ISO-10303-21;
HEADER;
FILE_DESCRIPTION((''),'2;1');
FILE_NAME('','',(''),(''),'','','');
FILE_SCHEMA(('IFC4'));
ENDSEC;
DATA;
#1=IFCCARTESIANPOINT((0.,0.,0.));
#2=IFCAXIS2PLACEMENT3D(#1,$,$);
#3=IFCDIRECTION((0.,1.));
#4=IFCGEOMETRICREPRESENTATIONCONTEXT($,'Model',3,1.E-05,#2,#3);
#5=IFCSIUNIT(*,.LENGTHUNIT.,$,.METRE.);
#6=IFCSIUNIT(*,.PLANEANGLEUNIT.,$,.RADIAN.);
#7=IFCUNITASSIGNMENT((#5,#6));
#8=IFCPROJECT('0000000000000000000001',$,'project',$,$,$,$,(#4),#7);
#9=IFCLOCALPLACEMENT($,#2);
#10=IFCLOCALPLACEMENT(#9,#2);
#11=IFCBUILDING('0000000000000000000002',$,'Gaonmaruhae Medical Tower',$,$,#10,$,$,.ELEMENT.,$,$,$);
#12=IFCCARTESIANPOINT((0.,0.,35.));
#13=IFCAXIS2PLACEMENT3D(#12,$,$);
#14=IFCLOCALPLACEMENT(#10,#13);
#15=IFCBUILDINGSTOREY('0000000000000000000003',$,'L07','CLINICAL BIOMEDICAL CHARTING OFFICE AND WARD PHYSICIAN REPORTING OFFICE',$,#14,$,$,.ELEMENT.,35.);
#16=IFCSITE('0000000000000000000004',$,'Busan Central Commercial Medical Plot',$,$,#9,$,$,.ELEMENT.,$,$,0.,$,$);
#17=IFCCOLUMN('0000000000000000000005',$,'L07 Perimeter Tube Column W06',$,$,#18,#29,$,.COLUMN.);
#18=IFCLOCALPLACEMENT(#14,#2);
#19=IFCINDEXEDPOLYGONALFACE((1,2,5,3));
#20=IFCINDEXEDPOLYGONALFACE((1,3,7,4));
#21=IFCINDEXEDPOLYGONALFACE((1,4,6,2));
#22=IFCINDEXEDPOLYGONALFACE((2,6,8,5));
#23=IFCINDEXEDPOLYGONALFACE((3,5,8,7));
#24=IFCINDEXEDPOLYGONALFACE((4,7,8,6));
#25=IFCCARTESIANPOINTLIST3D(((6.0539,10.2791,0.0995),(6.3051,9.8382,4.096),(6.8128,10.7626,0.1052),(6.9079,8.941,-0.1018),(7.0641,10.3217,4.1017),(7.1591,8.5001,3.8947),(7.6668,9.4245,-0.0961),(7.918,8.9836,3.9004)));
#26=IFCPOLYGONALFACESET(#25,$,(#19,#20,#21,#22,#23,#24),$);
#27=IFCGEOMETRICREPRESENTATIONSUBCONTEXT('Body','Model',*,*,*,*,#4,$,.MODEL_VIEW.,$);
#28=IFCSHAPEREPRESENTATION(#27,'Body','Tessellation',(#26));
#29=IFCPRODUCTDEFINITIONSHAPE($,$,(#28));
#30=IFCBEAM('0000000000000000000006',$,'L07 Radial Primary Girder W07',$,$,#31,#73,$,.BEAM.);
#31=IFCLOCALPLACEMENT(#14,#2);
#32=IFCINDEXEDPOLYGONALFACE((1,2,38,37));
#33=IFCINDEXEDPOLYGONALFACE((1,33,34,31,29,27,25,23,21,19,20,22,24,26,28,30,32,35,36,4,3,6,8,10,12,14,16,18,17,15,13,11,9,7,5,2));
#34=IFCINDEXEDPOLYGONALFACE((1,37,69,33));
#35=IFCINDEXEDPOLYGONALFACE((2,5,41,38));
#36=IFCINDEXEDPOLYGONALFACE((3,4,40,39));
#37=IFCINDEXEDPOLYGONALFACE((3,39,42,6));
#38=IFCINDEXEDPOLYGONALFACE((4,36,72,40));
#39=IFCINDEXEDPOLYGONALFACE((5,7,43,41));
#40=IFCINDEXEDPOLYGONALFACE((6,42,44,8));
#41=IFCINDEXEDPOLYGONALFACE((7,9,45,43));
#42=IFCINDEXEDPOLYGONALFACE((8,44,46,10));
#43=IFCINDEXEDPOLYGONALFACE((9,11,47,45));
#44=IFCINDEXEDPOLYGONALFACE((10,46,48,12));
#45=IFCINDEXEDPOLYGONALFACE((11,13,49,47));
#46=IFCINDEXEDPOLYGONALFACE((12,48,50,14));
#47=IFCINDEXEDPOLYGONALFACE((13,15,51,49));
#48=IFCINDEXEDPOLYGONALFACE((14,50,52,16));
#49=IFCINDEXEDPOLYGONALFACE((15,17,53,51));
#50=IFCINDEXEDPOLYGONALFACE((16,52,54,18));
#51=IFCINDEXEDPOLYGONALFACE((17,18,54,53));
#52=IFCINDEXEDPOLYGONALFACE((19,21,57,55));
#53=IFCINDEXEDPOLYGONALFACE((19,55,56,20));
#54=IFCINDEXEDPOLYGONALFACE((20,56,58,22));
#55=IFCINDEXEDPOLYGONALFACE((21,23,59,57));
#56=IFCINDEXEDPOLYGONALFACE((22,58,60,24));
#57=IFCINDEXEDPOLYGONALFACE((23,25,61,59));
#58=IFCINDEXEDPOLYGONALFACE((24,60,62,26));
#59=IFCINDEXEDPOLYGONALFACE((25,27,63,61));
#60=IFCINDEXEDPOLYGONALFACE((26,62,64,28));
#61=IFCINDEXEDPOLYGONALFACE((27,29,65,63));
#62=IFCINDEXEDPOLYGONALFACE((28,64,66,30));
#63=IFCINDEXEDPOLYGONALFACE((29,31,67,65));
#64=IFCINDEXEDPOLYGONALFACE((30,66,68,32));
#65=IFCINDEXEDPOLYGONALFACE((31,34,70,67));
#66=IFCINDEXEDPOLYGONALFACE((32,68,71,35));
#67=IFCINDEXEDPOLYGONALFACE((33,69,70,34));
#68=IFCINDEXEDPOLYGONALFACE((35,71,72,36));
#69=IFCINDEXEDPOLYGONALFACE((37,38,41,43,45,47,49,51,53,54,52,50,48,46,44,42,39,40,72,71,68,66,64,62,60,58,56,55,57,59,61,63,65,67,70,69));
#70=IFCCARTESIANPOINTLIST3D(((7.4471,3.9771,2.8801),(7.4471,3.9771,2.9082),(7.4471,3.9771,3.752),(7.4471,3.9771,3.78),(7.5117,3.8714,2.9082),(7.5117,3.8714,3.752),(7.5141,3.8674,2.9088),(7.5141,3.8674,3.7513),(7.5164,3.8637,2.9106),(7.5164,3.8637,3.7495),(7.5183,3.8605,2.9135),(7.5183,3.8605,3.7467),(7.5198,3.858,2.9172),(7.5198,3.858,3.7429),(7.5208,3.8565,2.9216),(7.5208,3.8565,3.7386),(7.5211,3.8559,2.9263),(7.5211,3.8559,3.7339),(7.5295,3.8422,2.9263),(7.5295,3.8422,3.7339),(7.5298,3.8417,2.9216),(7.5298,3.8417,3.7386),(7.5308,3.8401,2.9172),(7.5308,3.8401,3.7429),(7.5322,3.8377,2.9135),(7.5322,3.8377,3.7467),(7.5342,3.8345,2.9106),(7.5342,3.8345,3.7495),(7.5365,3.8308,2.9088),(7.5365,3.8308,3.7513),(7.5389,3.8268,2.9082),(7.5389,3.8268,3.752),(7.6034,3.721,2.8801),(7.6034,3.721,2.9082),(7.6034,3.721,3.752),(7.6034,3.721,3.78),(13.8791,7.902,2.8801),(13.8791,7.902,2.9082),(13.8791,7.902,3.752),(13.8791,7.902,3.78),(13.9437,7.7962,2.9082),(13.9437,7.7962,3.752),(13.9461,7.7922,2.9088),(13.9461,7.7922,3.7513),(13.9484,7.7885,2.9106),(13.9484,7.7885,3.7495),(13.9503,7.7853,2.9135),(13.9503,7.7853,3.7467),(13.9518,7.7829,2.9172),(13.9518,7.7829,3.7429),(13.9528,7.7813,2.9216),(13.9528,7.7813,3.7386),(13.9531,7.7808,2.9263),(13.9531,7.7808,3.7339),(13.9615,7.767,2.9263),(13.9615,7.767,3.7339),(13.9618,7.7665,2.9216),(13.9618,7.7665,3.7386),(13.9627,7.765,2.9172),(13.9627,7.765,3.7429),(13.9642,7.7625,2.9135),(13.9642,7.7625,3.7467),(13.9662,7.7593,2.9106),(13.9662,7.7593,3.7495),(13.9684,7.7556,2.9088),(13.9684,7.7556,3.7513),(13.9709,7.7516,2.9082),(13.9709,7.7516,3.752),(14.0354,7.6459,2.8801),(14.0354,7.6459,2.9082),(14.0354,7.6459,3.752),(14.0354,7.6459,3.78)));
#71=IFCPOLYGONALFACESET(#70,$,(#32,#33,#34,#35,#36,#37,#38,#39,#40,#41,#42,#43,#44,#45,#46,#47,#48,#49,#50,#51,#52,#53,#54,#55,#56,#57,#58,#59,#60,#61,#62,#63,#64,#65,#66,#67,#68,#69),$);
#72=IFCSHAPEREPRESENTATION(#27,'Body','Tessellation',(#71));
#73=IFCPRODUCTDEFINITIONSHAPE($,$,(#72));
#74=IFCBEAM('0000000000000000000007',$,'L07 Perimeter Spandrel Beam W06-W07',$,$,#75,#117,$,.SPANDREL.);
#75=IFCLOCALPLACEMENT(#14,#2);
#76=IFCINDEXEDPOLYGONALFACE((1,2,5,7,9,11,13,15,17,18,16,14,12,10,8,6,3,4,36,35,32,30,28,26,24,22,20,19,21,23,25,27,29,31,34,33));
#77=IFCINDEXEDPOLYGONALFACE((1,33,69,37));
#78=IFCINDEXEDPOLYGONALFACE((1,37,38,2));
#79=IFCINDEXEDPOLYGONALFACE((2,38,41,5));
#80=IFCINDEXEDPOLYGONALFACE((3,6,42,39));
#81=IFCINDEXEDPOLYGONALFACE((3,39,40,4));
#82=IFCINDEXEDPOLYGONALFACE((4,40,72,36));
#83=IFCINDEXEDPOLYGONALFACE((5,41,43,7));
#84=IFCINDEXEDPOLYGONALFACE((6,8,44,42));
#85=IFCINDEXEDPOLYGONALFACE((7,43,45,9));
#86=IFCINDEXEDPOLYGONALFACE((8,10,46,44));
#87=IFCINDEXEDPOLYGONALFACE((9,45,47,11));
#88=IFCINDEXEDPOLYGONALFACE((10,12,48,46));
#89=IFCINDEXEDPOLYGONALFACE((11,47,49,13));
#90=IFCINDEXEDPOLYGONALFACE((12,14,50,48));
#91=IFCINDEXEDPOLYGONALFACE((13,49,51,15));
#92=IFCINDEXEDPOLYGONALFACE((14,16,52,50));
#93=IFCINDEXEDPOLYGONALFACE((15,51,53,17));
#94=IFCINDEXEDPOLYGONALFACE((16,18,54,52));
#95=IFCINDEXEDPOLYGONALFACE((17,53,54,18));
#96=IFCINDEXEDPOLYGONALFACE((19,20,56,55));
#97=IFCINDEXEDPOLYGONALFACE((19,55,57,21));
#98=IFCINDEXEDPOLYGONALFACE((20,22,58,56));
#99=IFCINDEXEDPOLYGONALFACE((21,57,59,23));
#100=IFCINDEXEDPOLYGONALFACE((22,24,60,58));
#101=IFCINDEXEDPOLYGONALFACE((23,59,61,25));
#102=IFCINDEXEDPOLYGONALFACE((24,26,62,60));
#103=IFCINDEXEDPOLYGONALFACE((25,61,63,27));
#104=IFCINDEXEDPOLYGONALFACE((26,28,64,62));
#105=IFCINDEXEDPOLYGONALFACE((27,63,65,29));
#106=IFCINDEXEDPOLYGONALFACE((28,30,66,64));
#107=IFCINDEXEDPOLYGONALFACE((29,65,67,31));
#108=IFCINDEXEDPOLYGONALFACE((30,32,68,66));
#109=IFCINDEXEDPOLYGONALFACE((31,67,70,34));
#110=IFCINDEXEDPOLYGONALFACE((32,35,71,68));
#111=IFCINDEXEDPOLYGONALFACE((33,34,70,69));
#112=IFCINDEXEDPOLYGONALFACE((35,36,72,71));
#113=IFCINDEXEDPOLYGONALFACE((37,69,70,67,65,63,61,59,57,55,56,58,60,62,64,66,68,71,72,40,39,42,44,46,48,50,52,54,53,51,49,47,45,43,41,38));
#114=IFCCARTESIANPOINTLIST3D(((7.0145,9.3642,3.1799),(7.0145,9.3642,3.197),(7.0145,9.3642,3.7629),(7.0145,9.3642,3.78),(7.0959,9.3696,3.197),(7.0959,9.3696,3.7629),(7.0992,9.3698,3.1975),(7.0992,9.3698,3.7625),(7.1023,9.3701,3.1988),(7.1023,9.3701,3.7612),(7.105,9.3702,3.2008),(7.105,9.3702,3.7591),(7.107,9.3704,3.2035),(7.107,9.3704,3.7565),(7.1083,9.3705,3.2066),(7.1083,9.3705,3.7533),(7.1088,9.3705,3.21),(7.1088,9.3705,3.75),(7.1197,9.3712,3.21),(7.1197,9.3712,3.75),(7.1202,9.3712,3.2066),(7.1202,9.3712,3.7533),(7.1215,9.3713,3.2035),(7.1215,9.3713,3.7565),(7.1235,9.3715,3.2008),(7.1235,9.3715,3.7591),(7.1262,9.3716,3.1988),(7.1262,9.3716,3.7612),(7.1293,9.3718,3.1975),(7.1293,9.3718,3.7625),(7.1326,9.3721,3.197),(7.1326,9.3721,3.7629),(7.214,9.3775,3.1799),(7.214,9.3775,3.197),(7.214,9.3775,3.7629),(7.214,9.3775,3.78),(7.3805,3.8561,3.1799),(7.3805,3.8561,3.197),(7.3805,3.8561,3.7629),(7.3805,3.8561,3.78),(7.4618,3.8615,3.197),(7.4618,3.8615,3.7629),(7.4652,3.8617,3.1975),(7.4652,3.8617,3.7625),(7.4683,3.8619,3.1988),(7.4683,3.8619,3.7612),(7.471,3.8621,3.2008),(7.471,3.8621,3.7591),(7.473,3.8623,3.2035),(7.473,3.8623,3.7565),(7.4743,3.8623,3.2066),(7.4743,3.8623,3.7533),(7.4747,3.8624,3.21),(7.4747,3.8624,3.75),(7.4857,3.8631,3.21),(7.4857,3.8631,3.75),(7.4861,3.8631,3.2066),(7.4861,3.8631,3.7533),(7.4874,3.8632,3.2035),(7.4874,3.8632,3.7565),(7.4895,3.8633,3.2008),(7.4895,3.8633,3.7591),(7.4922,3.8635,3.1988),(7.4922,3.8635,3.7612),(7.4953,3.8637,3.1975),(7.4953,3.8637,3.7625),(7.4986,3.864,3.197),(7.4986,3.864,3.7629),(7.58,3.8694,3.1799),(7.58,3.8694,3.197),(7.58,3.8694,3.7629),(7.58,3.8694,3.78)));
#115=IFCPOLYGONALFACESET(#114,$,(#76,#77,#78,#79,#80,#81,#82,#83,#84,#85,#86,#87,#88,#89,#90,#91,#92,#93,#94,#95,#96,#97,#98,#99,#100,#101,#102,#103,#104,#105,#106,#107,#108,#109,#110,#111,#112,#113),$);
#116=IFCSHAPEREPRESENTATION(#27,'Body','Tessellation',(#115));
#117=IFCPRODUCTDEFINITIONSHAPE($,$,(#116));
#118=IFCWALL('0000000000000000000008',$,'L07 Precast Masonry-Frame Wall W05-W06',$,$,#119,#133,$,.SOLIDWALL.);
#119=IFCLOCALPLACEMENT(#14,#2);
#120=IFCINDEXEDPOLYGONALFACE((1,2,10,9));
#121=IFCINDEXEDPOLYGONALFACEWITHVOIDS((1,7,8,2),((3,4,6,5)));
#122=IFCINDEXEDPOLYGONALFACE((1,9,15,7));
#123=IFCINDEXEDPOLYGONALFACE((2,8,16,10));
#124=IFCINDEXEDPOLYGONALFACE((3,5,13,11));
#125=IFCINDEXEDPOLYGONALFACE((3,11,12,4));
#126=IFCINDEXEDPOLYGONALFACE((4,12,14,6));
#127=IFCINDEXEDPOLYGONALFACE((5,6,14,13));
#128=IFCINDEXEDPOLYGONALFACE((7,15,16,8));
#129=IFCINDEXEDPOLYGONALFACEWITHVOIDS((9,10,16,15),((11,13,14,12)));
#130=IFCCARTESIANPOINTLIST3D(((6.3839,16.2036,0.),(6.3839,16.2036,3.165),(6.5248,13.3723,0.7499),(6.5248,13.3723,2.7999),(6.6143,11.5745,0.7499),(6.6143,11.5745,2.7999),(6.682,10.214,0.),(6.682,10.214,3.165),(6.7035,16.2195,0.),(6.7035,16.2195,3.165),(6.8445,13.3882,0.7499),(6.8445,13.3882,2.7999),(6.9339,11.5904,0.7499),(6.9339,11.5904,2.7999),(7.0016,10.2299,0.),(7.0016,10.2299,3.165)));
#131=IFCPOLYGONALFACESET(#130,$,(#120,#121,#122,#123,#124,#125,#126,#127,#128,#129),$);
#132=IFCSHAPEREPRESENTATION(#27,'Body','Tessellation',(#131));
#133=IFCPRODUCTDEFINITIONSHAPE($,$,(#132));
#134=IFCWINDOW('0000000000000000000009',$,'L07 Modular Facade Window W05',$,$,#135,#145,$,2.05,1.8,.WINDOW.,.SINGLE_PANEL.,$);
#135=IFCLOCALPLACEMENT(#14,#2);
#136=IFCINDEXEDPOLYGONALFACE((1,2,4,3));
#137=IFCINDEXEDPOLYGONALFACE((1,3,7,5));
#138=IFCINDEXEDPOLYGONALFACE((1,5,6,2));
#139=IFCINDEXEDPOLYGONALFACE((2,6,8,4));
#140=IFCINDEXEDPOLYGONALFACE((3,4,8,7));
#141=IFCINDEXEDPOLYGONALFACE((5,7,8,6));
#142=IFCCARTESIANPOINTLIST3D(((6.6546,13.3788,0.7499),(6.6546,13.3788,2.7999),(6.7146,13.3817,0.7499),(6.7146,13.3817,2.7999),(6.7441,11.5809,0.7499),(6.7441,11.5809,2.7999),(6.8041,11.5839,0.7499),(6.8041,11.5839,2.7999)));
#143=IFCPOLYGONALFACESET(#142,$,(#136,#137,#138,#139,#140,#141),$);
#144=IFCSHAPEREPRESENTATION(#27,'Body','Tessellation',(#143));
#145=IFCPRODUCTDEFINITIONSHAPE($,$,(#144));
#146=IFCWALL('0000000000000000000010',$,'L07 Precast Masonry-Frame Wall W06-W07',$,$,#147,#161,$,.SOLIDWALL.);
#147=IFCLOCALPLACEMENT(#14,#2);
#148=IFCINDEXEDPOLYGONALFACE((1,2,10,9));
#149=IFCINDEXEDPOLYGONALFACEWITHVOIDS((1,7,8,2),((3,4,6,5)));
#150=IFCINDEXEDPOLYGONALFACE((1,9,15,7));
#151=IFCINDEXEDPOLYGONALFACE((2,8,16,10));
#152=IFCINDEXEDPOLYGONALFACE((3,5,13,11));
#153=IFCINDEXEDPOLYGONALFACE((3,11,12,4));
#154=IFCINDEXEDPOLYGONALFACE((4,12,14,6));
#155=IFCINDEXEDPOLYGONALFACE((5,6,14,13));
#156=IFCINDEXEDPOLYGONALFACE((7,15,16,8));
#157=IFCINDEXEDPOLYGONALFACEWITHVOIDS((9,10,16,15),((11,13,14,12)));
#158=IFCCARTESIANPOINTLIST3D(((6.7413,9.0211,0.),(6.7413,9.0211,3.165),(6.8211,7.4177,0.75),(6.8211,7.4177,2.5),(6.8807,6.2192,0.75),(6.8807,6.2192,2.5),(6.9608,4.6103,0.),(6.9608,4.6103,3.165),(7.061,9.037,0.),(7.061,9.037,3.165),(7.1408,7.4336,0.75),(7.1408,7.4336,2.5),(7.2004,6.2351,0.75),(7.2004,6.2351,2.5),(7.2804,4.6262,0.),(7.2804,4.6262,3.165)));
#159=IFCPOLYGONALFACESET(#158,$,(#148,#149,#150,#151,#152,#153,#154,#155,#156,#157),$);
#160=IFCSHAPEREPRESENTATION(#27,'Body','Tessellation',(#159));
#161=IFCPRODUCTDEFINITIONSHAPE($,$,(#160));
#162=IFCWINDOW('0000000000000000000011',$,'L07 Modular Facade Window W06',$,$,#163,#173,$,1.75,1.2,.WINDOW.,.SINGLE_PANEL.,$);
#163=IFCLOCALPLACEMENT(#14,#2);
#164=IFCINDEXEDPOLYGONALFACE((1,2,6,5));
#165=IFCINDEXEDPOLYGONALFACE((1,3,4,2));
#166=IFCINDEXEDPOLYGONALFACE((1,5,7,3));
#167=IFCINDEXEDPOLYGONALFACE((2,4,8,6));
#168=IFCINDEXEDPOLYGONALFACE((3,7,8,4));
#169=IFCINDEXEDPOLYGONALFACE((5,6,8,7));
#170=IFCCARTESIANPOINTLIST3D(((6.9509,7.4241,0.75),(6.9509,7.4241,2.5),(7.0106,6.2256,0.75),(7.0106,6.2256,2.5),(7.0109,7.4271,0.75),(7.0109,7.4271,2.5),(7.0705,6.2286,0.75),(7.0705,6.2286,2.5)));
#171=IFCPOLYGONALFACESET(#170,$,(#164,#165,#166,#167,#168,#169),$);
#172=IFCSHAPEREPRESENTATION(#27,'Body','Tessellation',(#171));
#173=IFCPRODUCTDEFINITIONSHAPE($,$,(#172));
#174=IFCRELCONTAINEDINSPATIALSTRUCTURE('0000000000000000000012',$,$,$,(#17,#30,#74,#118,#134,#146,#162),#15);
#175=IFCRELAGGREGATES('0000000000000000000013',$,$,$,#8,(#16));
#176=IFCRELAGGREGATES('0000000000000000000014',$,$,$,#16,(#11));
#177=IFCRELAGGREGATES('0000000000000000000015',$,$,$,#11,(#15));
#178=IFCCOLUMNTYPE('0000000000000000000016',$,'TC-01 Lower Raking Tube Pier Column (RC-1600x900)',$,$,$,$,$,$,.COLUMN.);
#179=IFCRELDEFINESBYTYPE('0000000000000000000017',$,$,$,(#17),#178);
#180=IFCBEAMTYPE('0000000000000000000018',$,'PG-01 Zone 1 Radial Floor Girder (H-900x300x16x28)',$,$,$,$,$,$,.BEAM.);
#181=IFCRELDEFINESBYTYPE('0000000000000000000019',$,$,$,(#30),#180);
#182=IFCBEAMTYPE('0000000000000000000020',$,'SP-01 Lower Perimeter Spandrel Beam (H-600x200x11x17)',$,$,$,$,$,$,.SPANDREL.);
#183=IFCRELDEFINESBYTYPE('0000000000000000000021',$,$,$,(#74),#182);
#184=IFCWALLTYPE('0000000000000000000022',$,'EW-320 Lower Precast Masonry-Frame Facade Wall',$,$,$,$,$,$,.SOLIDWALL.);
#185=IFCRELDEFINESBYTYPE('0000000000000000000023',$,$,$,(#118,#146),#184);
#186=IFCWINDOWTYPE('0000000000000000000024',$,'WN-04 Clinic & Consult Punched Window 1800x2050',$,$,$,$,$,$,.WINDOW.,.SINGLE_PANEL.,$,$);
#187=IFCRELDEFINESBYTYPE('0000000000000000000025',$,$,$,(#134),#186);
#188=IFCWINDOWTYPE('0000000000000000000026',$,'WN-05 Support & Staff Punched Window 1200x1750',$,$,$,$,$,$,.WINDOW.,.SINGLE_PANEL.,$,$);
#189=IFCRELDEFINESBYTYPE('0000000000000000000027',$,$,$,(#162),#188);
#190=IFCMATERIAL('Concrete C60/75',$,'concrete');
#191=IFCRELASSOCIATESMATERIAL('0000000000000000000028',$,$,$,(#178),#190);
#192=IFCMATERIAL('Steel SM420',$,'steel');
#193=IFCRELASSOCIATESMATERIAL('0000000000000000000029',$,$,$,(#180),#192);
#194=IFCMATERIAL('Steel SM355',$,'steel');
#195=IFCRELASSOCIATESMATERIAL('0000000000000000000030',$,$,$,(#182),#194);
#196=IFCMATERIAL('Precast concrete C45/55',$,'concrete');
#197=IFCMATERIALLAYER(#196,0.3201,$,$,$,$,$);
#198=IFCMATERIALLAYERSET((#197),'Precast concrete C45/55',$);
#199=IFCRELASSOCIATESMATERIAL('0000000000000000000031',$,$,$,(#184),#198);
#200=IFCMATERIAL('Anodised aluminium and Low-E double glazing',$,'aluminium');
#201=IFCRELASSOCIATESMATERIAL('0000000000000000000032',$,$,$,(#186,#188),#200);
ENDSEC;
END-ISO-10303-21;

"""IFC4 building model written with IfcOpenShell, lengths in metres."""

from ifc_helpers import new_model, si_unit, direction, frame, frame_2d, origin, origin_2d, place, context, subcontext, project, spatial, rectangle, i_section, extrude, material, layer, layer_set, material_profile, profile_set, type_object, element, fill, save


model = new_model("IFC4")

# Units and contexts
model_context = context("Model", 3, precision=1e-05, world=origin(), true_north=direction((0.0, 1.0)))
body_context = subcontext(model_context, "Body", "Model", "MODEL_VIEW")
ifc_project = project(units=[si_unit("LENGTHUNIT", "METRE"), si_unit("PLANEANGLEUNIT", "RADIAN")], contexts=[model_context])

# Site, building, storey
site_placement = place(None, origin())
site = spatial("IfcSite", under=ifc_project, at=site_placement, Name="Busan Central Commercial Medical Plot", CompositionType="ELEMENT", RefElevation=0.0)
building_placement = place(site_placement, origin())
building = spatial("IfcBuilding", under=site, at=building_placement, Name="Gaonmaruhae Medical Tower", CompositionType="ELEMENT")
storey_placement = place(building_placement, frame((0.0, 0.0, 35.0)))
storey = spatial("IfcBuildingStorey", under=building, at=storey_placement, Name="L07", Description="CLINICAL BIOMEDICAL CHARTING OFFICE AND WARD PHYSICIAN REPORTING OFFICE", CompositionType="ELEMENT", Elevation=35.0)

# Column
ifc_material_1 = material(Name="Concrete C60/75", Category="concrete")
ifc_material_profile_1 = material_profile(ifc_material_1, rectangle(XDim=1.6001, YDim=0.8999, at=origin_2d()), Name="RC-1600x900")
ifc_profile_set_1 = profile_set([ifc_material_profile_1], Name="Concrete C60/75")
column_type = type_object("IfcColumnType", Name="TC-01 Lower Raking Tube Pier Column (RC-1600x900)", PredefinedType="COLUMN", material=ifc_profile_set_1)
column_placement = place(storey_placement, frame((6.8604, 9.8518, 0.0017), z_axis=(0.062358, -0.109445, 0.992035), x_axis=(-0.533701, 0.836263, 0.125808)))
element("IfcColumn", 1, at=column_placement, inside=storey, type_object=column_type, Name="L07 Perimeter Tube Column W06", PredefinedType="COLUMN", context=body_context, shape_type="SweptSolid", body=[
    extrude(rectangle(XDim=1.6001, YDim=0.8999, at=origin_2d()), origin(), (0.0, 0.0, 1.0), 4.0286),
])

# Beams
ifc_material_2 = material(Name="Steel SM420", Category="steel")
ifc_material_profile_2 = material_profile(ifc_material_2, i_section(OverallWidth=0.3, OverallDepth=0.8999, WebThickness=0.0161, FlangeThickness=0.0281, FilletRadius=0.0181, at=origin_2d()), Name="H-900x300x16x28")
ifc_profile_set_2 = profile_set([ifc_material_profile_2], Name="Steel SM420")
beam_type_1 = type_object("IfcBeamType", Name="PG-01 Zone 1 Radial Floor Girder (H-900x300x16x28)", PredefinedType="BEAM", material=ifc_profile_set_2)
beam_1_placement = place(storey_placement, frame((13.9573, 7.7739, 3.3301), z_axis=(-0.853624, -0.52089, 0.0), x_axis=(0.52089, -0.853624, 0.0)))
element("IfcBeam", 2, at=beam_1_placement, inside=storey, type_object=beam_type_1, Name="L07 Radial Primary Girder W07", PredefinedType="BEAM", context=body_context, shape_type="SweptSolid", body=[
    extrude(i_section(OverallWidth=0.3, OverallDepth=0.8999, WebThickness=0.0161, FlangeThickness=0.0281, FilletRadius=0.0181, at=origin_2d()), origin(), (0.0, 0.0, 1.0), 7.5349),
])
ifc_material_3 = material(Name="Steel SM355", Category="steel")
ifc_material_profile_3 = material_profile(ifc_material_3, i_section(OverallWidth=0.2, OverallDepth=0.6001, WebThickness=0.011, FlangeThickness=0.0171, FilletRadius=0.0129, at=origin_2d()), Name="H-600x200x11x17")
ifc_profile_set_3 = profile_set([ifc_material_profile_3], Name="Steel SM355")
beam_type_2 = type_object("IfcBeamType", Name="SP-01 Lower Perimeter Spandrel Beam (H-600x200x11x17)", PredefinedType="SPANDREL", material=ifc_profile_set_3)
beam_2_placement = place(storey_placement, frame((7.1143, 9.3708, 3.48), z_axis=(0.066296, -0.9978, 0.0), x_axis=(0.9978, 0.066296, 0.0)))
element("IfcBeam", 3, at=beam_2_placement, inside=storey, type_object=beam_type_2, Name="L07 Perimeter Spandrel Beam W06-W07", PredefinedType="SPANDREL", context=body_context, shape_type="SweptSolid", body=[
    extrude(i_section(OverallWidth=0.2, OverallDepth=0.6001, WebThickness=0.011, FlangeThickness=0.0171, FilletRadius=0.0129, at=origin_2d()), origin(), (0.0, 0.0, 1.0), 5.5203),
])

# Walls, openings, windows
ifc_material_4 = material(Name="Precast concrete C45/55", Category="concrete")
ifc_layer_1 = layer(ifc_material_4, 0.3201)
ifc_layer_set_1 = layer_set([ifc_layer_1], Name="Precast concrete C45/55")
wall_type_1 = type_object("IfcWallType", Name="EW-320 Lower Precast Masonry-Frame Facade Wall", PredefinedType="SOLIDWALL", material=ifc_layer_set_1)
wall_1_placement = place(storey_placement, frame((6.8418, 10.2219, 0.0), z_axis=(0.0, 0.0, 1.0), x_axis=(-0.049706, 0.998764, 0.0)))
wall_1 = element("IfcWall", 4, at=wall_1_placement, inside=storey, type_object=wall_type_1, Name="L07 Precast Masonry-Frame Wall W05-W06", PredefinedType="SOLIDWALL", context=body_context, shape_type="SweptSolid", body=[
    extrude(rectangle(XDim=5.9971, YDim=0.3201, at=frame_2d((2.9985, 0.0))), origin(), (0.0, 0.0, 1.0), 3.165),
])
opening_1_placement = place(wall_1_placement, frame((1.3623, 0.0, 0.75)))
opening_1 = element("IfcOpeningElement", 5, at=opening_1_placement, cuts=wall_1, PredefinedType="OPENING", context=body_context, shape_type="SweptSolid", body=[
    extrude(rectangle(XDim=1.8, YDim=2.05, at=frame_2d((0.8999, 1.0249))), frame((0.0, 0.1699, 0.0), z_axis=(0.0, -1.0, 0.0), x_axis=(1.0, 0.0, 0.0)), (0.0, 0.0, 1.0), 0.3401),
])
ifc_material_5 = material(Name="Anodised aluminium and Low-E double glazing", Category="aluminium")
window_type_1 = type_object("IfcWindowType", Name="WN-04 Clinic & Consult Punched Window 1800x2050", PartitioningType="SINGLE_PANEL", PredefinedType="WINDOW", material=ifc_material_5)
window_1_placement = place(opening_1_placement, origin())
window_1 = element("IfcWindow", 6, at=window_1_placement, inside=storey, type_object=window_type_1, Name="L07 Modular Facade Window W05", OverallHeight=2.05, OverallWidth=1.8, PartitioningType="SINGLE_PANEL", PredefinedType="WINDOW", context=body_context, shape_type="SweptSolid", body=[
    extrude(rectangle(XDim=1.8, YDim=2.05, at=frame_2d((0.8999, 1.0249))), frame((0.0, 0.03, 0.0), z_axis=(0.0, -1.0, 0.0), x_axis=(1.0, 0.0, 0.0)), (0.0, 0.0, 1.0), 0.0601),
])
fill(opening_1, window_1)
wall_2_placement = place(storey_placement, frame((7.1206, 4.6184, 0.0), z_axis=(0.0, 0.0, 1.0), x_axis=(-0.049698, 0.998764, 0.0)))
wall_2 = element("IfcWall", 7, at=wall_2_placement, inside=storey, type_object=wall_type_1, Name="L07 Precast Masonry-Frame Wall W06-W07", PredefinedType="SOLIDWALL", context=body_context, shape_type="SweptSolid", body=[
    extrude(rectangle(XDim=4.4163, YDim=0.3201, at=frame_2d((2.208, 0.0))), origin(), (0.0, 0.0, 1.0), 3.165),
])
opening_2_placement = place(wall_2_placement, frame((1.6106, 0.0, 0.75)))
opening_2 = element("IfcOpeningElement", 8, at=opening_2_placement, cuts=wall_2, PredefinedType="OPENING", context=body_context, shape_type="SweptSolid", body=[
    extrude(rectangle(XDim=1.2, YDim=1.75, at=frame_2d((0.6001, 0.875))), frame((0.0, 0.1699, 0.0), z_axis=(0.0, -1.0, 0.0), x_axis=(1.0, 0.0, 0.0)), (0.0, 0.0, 1.0), 0.3401),
])
window_type_2 = type_object("IfcWindowType", Name="WN-05 Support & Staff Punched Window 1200x1750", PartitioningType="SINGLE_PANEL", PredefinedType="WINDOW", material=ifc_material_5)
window_2_placement = place(opening_2_placement, origin())
window_2 = element("IfcWindow", 9, at=window_2_placement, inside=storey, type_object=window_type_2, Name="L07 Modular Facade Window W06", OverallHeight=1.75, OverallWidth=1.2, PartitioningType="SINGLE_PANEL", PredefinedType="WINDOW", context=body_context, shape_type="SweptSolid", body=[
    extrude(rectangle(XDim=1.2, YDim=1.75, at=frame_2d((0.6001, 0.875))), frame((0.0, 0.03, 0.0), z_axis=(0.0, -1.0, 0.0), x_axis=(1.0, 0.0, 0.0)), (0.0, 0.0, 1.0), 0.0601),
])
fill(opening_2, window_2)

save(model, "model.ifc")
